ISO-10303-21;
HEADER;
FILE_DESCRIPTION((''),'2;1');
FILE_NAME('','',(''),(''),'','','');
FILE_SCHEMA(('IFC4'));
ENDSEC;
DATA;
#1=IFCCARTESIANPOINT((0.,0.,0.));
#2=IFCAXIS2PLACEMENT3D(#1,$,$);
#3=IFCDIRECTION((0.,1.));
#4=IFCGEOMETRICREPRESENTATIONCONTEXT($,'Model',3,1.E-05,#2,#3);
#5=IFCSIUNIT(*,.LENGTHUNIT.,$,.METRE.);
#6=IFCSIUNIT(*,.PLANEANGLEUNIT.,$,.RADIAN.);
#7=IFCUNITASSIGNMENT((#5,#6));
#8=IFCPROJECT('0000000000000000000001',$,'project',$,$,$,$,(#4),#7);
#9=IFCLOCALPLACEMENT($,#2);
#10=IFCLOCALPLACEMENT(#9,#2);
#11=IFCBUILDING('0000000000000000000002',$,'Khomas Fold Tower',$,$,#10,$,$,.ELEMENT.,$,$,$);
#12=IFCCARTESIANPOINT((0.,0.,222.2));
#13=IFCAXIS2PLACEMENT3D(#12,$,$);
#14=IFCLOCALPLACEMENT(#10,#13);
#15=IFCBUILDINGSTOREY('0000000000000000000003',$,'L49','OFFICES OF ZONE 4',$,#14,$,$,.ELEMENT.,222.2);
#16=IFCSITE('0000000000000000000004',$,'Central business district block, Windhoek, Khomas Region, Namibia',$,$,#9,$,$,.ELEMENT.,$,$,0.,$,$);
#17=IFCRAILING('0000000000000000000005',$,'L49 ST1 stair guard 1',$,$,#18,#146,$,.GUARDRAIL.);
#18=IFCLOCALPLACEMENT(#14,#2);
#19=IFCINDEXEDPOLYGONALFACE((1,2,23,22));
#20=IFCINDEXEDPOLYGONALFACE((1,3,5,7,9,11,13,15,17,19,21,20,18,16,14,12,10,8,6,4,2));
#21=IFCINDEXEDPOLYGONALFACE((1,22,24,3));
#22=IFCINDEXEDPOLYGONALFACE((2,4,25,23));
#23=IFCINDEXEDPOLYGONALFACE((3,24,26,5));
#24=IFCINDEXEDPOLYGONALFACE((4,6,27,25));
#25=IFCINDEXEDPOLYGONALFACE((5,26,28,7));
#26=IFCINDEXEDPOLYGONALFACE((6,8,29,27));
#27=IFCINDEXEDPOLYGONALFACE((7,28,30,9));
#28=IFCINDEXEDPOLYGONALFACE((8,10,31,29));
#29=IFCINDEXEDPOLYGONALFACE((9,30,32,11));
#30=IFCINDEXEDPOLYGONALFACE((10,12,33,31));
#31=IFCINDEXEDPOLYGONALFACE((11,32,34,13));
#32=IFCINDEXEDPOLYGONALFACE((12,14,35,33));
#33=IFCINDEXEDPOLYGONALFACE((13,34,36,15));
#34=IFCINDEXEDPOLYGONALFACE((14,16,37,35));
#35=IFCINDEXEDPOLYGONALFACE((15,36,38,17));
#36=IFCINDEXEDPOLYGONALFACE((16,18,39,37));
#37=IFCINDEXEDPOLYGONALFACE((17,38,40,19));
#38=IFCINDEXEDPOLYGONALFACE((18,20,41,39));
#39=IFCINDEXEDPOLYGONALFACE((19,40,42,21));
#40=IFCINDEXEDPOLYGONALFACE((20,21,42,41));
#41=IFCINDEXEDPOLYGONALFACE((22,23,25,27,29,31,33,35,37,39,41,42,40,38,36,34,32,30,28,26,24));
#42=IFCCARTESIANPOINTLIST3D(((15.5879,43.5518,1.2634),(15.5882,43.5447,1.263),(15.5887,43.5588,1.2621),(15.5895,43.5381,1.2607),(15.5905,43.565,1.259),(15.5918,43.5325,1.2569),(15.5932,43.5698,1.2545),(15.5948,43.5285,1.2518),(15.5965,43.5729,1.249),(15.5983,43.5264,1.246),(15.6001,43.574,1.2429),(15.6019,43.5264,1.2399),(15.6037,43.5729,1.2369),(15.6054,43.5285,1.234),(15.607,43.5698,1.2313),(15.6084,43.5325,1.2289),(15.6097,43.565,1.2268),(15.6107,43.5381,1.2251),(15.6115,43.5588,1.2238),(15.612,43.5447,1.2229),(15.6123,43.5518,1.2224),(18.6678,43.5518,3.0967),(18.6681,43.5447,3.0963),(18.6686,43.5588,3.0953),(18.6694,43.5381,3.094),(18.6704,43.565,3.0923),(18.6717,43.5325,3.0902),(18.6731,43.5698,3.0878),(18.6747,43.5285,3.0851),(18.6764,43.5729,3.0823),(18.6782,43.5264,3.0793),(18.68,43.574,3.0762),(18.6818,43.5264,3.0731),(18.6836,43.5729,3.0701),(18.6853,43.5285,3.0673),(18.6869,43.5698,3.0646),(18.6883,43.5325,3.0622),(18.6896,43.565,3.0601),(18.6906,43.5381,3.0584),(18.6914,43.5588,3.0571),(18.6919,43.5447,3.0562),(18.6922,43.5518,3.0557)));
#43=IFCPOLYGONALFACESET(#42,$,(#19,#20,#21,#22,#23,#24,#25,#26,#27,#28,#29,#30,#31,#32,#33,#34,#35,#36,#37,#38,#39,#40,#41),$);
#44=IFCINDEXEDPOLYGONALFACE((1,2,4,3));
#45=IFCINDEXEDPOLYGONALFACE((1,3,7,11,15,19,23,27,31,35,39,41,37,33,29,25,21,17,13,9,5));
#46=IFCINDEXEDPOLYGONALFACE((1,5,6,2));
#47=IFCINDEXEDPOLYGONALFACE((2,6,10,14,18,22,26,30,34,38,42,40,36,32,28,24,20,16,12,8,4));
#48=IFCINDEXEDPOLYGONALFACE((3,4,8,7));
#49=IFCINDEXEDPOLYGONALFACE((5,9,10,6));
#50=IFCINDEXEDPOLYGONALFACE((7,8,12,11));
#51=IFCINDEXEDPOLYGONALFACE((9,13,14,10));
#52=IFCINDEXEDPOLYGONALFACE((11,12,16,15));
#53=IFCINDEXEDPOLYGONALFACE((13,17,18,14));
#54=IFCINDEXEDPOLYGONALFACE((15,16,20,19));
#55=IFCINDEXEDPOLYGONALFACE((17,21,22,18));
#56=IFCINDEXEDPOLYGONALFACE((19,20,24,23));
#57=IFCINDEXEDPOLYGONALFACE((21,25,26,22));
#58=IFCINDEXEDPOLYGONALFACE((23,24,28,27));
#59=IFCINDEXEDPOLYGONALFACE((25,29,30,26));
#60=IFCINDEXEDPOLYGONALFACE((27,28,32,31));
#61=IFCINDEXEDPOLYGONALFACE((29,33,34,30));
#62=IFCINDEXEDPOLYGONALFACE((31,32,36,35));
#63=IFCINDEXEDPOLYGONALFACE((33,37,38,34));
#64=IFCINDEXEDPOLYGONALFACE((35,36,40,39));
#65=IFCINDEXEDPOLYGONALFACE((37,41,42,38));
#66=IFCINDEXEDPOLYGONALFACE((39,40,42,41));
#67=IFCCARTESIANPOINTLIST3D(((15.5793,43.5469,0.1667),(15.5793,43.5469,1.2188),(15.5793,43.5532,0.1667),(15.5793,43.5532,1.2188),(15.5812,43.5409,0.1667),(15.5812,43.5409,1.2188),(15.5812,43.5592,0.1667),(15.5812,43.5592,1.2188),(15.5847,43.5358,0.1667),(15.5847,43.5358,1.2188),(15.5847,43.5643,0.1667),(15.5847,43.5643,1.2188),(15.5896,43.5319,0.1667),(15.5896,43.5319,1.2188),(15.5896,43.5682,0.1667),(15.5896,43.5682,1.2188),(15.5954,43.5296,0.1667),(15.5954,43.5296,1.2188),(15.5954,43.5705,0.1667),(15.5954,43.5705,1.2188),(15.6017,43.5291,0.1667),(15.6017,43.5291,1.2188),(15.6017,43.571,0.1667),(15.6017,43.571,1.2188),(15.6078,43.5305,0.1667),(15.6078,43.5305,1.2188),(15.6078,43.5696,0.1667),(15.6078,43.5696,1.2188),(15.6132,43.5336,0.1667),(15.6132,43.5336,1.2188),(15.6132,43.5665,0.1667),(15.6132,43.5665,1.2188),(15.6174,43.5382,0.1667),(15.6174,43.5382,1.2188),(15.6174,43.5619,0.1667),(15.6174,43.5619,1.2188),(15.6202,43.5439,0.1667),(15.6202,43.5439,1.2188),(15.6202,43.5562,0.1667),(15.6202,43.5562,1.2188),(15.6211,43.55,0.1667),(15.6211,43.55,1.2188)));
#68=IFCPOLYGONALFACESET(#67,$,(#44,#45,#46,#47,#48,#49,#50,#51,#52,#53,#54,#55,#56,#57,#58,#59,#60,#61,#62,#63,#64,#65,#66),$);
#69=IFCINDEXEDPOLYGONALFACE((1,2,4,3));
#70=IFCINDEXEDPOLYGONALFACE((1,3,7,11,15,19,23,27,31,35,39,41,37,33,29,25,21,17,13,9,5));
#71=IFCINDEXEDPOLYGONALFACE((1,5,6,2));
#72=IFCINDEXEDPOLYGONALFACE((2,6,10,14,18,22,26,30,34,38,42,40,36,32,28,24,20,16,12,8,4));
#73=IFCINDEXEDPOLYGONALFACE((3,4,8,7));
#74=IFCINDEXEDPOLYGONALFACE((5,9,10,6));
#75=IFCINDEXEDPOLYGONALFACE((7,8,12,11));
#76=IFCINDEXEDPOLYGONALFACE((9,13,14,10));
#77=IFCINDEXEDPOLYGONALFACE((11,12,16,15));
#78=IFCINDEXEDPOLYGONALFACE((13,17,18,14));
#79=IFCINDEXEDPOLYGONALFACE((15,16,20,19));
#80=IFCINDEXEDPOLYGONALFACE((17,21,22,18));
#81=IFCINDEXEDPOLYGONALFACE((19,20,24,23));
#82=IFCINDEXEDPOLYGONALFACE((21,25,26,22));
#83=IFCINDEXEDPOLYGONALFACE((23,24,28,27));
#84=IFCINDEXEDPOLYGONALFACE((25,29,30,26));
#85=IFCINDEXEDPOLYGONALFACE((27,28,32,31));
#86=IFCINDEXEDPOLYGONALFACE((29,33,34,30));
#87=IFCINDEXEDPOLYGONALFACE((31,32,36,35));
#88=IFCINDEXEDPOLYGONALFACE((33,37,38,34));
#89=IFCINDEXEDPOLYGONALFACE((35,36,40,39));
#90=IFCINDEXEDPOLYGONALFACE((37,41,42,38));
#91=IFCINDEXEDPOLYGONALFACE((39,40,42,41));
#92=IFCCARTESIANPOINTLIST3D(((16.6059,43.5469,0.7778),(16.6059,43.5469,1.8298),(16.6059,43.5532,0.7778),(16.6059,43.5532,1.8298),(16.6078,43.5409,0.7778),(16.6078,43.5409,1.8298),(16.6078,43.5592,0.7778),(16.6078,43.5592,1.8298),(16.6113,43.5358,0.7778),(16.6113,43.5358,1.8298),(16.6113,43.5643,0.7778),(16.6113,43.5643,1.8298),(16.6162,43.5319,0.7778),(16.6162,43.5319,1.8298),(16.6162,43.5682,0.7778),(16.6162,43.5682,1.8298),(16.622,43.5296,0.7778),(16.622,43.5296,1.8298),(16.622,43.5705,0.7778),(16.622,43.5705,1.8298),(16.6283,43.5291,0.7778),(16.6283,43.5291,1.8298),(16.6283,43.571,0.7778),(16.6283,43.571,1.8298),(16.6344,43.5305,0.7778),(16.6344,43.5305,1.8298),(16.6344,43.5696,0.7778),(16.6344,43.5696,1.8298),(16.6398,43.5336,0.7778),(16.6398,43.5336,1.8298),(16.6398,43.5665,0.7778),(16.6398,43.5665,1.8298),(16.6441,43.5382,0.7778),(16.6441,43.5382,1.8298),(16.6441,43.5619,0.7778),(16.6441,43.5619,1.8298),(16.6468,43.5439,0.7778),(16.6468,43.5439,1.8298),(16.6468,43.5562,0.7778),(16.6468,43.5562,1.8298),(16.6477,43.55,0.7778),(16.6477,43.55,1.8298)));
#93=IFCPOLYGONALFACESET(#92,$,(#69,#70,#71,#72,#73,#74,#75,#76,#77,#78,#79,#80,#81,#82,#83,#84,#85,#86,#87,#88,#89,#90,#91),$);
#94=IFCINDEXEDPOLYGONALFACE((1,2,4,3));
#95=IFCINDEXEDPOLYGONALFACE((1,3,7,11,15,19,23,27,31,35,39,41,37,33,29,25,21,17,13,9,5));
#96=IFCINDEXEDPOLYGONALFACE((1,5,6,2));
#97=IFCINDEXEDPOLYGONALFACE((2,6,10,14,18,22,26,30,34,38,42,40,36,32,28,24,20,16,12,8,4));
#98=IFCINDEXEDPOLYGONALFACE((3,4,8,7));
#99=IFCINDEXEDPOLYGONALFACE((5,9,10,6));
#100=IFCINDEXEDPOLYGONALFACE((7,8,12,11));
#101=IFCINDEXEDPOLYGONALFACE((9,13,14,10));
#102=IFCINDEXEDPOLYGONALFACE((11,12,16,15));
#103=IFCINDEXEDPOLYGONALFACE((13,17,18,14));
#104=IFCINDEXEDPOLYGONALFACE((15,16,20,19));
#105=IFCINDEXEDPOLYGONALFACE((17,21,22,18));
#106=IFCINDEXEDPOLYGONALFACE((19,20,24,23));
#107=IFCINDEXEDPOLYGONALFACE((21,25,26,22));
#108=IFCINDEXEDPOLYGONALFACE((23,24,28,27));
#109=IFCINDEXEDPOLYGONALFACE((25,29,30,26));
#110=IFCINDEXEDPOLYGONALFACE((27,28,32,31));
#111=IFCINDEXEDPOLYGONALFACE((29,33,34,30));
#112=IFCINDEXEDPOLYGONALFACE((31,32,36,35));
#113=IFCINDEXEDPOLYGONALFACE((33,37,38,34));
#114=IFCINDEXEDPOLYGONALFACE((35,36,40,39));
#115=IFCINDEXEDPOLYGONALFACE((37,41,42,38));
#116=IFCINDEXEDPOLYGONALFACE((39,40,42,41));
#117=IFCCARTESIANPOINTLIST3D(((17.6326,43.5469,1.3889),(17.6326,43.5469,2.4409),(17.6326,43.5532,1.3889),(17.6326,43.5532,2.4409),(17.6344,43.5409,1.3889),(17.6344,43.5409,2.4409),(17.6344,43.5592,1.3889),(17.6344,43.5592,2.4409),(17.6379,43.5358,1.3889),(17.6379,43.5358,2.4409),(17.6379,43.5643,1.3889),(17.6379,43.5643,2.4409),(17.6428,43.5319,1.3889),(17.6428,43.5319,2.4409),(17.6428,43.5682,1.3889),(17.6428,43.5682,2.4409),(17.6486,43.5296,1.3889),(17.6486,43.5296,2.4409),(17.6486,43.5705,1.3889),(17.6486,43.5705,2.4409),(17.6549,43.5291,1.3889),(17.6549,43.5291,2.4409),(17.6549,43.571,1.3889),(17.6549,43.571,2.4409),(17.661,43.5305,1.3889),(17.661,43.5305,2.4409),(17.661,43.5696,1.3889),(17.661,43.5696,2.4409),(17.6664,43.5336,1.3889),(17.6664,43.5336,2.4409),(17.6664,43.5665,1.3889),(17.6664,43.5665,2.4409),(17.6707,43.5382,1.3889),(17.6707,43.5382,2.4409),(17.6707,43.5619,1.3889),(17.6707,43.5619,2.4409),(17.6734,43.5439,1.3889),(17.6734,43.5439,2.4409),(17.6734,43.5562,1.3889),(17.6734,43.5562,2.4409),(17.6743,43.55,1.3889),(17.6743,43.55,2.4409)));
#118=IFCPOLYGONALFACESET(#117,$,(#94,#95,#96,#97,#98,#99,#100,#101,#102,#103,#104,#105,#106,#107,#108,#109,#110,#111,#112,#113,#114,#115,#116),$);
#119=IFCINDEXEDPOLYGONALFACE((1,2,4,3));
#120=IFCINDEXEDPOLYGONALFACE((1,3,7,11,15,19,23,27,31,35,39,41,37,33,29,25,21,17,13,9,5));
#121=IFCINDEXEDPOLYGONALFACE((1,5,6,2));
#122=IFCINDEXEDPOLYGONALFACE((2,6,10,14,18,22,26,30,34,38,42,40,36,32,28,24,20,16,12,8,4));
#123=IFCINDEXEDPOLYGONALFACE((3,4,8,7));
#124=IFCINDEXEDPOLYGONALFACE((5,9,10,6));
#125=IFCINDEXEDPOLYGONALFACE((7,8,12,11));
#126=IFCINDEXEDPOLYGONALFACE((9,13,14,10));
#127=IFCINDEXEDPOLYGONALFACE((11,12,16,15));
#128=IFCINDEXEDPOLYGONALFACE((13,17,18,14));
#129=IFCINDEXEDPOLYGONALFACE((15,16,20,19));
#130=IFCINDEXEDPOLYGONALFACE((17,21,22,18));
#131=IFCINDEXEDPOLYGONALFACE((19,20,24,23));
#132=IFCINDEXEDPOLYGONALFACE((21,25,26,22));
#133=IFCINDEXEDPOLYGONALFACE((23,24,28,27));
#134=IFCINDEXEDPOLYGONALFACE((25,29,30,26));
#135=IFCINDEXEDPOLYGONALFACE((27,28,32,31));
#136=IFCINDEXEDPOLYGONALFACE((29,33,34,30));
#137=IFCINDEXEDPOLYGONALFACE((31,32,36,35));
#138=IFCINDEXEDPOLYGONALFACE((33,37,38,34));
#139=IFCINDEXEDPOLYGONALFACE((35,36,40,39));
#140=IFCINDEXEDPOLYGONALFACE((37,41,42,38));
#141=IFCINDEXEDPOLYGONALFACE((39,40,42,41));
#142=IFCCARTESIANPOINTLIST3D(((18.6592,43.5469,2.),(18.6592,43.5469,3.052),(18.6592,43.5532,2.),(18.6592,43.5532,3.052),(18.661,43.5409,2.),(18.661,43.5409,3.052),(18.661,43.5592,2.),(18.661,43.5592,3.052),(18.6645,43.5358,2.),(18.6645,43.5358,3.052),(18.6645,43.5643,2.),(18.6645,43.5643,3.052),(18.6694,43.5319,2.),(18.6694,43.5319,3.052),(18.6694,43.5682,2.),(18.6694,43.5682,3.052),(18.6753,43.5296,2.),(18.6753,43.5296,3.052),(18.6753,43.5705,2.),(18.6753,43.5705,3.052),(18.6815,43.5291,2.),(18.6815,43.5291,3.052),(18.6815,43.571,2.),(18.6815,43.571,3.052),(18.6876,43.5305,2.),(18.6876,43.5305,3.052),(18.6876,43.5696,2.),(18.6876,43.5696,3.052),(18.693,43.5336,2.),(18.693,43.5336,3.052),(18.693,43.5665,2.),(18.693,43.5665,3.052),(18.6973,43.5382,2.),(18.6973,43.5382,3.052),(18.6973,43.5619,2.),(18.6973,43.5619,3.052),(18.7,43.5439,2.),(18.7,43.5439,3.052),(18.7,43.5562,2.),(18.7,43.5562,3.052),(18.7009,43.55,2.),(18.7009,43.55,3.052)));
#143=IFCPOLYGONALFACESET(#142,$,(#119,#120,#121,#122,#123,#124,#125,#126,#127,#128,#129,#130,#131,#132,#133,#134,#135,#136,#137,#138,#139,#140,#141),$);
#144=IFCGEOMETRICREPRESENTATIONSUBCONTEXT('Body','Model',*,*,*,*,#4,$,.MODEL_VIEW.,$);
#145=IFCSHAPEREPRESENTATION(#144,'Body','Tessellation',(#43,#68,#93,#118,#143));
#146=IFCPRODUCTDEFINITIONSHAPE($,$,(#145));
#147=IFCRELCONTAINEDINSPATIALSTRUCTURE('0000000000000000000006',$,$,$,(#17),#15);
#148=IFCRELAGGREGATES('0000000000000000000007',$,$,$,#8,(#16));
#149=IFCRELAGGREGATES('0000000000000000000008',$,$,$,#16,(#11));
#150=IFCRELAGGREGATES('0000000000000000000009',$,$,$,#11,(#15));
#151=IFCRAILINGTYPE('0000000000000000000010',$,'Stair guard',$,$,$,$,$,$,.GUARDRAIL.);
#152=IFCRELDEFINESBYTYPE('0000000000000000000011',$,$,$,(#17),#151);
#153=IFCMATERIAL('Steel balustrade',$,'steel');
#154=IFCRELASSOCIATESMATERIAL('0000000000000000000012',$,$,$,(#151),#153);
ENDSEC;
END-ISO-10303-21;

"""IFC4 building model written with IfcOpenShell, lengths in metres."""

from ifc_helpers import new_model, si_unit, direction, frame, origin, origin_2d, place, context, subcontext, project, spatial, circle, extrude, source, transform, mapped, material, type_object, element, save


model = new_model("IFC4")

# Units and contexts
model_context = context("Model", 3, precision=1e-05, world=origin(), true_north=direction((0.0, 1.0)))
body_context = subcontext(model_context, "Body", "Model", "MODEL_VIEW")
ifc_project = project(units=[si_unit("LENGTHUNIT", "METRE"), si_unit("PLANEANGLEUNIT", "RADIAN")], contexts=[model_context])

# Site, building, storey
site_placement = place(None, origin())
site = spatial("IfcSite", under=ifc_project, at=site_placement, Name="Central business district block, Windhoek, Khomas Region, Namibia", CompositionType="ELEMENT", RefElevation=0.0)
building_placement = place(site_placement, origin())
building = spatial("IfcBuilding", under=site, at=building_placement, Name="Khomas Fold Tower", CompositionType="ELEMENT")
storey_placement = place(building_placement, frame((0.0, 0.0, 222.2)))
storey = spatial("IfcBuildingStorey", under=building, at=storey_placement, Name="L49", Description="OFFICES OF ZONE 4", CompositionType="ELEMENT", Elevation=222.2)

# Railing
ifc_material_1 = material(Name="Steel balustrade", Category="steel")
railing_type_1 = type_object("IfcRailingType", Name="Stair guard", PredefinedType="GUARDRAIL", material=ifc_material_1)
shared_shape_1 = source(origin(), body_context, "Body", "SweptSolid", [
    extrude(circle(Radius=0.0239, at=origin_2d()), frame((0.0, 0.0, 1.0762), z_axis=(0.859291, 0.0, 0.511487), x_axis=(0.0, 1.0, 0.0)), (0.0, 0.0, 1.0), 3.5842),
    extrude(circle(Radius=0.021, at=origin_2d()), origin(), (0.0, 0.0, 1.0), 1.052),
    extrude(circle(Radius=0.021, at=origin_2d()), frame((1.0266, 0.0, 0.6111)), (0.0, 0.0, 1.0), 1.052),
    extrude(circle(Radius=0.021, at=origin_2d()), frame((2.0532, 0.0, 1.2222)), (0.0, 0.0, 1.0), 1.052),
    extrude(circle(Radius=0.021, at=origin_2d()), frame((3.0798, 0.0, 1.8333)), (0.0, 0.0, 1.0), 1.052),
])
railing_1_placement = place(storey_placement, frame((15.6001, 43.55, 0.1667)))
element("IfcRailing", 1, at=railing_1_placement, inside=storey, type_object=railing_type_1, Name="L49 ST1 stair guard 1", PredefinedType="GUARDRAIL", context=body_context, shape_type="MappedRepresentation", body=[
    mapped(shared_shape_1, transform((0.0, 0.0, 0.0))),
])

save(model, "model.ifc")
